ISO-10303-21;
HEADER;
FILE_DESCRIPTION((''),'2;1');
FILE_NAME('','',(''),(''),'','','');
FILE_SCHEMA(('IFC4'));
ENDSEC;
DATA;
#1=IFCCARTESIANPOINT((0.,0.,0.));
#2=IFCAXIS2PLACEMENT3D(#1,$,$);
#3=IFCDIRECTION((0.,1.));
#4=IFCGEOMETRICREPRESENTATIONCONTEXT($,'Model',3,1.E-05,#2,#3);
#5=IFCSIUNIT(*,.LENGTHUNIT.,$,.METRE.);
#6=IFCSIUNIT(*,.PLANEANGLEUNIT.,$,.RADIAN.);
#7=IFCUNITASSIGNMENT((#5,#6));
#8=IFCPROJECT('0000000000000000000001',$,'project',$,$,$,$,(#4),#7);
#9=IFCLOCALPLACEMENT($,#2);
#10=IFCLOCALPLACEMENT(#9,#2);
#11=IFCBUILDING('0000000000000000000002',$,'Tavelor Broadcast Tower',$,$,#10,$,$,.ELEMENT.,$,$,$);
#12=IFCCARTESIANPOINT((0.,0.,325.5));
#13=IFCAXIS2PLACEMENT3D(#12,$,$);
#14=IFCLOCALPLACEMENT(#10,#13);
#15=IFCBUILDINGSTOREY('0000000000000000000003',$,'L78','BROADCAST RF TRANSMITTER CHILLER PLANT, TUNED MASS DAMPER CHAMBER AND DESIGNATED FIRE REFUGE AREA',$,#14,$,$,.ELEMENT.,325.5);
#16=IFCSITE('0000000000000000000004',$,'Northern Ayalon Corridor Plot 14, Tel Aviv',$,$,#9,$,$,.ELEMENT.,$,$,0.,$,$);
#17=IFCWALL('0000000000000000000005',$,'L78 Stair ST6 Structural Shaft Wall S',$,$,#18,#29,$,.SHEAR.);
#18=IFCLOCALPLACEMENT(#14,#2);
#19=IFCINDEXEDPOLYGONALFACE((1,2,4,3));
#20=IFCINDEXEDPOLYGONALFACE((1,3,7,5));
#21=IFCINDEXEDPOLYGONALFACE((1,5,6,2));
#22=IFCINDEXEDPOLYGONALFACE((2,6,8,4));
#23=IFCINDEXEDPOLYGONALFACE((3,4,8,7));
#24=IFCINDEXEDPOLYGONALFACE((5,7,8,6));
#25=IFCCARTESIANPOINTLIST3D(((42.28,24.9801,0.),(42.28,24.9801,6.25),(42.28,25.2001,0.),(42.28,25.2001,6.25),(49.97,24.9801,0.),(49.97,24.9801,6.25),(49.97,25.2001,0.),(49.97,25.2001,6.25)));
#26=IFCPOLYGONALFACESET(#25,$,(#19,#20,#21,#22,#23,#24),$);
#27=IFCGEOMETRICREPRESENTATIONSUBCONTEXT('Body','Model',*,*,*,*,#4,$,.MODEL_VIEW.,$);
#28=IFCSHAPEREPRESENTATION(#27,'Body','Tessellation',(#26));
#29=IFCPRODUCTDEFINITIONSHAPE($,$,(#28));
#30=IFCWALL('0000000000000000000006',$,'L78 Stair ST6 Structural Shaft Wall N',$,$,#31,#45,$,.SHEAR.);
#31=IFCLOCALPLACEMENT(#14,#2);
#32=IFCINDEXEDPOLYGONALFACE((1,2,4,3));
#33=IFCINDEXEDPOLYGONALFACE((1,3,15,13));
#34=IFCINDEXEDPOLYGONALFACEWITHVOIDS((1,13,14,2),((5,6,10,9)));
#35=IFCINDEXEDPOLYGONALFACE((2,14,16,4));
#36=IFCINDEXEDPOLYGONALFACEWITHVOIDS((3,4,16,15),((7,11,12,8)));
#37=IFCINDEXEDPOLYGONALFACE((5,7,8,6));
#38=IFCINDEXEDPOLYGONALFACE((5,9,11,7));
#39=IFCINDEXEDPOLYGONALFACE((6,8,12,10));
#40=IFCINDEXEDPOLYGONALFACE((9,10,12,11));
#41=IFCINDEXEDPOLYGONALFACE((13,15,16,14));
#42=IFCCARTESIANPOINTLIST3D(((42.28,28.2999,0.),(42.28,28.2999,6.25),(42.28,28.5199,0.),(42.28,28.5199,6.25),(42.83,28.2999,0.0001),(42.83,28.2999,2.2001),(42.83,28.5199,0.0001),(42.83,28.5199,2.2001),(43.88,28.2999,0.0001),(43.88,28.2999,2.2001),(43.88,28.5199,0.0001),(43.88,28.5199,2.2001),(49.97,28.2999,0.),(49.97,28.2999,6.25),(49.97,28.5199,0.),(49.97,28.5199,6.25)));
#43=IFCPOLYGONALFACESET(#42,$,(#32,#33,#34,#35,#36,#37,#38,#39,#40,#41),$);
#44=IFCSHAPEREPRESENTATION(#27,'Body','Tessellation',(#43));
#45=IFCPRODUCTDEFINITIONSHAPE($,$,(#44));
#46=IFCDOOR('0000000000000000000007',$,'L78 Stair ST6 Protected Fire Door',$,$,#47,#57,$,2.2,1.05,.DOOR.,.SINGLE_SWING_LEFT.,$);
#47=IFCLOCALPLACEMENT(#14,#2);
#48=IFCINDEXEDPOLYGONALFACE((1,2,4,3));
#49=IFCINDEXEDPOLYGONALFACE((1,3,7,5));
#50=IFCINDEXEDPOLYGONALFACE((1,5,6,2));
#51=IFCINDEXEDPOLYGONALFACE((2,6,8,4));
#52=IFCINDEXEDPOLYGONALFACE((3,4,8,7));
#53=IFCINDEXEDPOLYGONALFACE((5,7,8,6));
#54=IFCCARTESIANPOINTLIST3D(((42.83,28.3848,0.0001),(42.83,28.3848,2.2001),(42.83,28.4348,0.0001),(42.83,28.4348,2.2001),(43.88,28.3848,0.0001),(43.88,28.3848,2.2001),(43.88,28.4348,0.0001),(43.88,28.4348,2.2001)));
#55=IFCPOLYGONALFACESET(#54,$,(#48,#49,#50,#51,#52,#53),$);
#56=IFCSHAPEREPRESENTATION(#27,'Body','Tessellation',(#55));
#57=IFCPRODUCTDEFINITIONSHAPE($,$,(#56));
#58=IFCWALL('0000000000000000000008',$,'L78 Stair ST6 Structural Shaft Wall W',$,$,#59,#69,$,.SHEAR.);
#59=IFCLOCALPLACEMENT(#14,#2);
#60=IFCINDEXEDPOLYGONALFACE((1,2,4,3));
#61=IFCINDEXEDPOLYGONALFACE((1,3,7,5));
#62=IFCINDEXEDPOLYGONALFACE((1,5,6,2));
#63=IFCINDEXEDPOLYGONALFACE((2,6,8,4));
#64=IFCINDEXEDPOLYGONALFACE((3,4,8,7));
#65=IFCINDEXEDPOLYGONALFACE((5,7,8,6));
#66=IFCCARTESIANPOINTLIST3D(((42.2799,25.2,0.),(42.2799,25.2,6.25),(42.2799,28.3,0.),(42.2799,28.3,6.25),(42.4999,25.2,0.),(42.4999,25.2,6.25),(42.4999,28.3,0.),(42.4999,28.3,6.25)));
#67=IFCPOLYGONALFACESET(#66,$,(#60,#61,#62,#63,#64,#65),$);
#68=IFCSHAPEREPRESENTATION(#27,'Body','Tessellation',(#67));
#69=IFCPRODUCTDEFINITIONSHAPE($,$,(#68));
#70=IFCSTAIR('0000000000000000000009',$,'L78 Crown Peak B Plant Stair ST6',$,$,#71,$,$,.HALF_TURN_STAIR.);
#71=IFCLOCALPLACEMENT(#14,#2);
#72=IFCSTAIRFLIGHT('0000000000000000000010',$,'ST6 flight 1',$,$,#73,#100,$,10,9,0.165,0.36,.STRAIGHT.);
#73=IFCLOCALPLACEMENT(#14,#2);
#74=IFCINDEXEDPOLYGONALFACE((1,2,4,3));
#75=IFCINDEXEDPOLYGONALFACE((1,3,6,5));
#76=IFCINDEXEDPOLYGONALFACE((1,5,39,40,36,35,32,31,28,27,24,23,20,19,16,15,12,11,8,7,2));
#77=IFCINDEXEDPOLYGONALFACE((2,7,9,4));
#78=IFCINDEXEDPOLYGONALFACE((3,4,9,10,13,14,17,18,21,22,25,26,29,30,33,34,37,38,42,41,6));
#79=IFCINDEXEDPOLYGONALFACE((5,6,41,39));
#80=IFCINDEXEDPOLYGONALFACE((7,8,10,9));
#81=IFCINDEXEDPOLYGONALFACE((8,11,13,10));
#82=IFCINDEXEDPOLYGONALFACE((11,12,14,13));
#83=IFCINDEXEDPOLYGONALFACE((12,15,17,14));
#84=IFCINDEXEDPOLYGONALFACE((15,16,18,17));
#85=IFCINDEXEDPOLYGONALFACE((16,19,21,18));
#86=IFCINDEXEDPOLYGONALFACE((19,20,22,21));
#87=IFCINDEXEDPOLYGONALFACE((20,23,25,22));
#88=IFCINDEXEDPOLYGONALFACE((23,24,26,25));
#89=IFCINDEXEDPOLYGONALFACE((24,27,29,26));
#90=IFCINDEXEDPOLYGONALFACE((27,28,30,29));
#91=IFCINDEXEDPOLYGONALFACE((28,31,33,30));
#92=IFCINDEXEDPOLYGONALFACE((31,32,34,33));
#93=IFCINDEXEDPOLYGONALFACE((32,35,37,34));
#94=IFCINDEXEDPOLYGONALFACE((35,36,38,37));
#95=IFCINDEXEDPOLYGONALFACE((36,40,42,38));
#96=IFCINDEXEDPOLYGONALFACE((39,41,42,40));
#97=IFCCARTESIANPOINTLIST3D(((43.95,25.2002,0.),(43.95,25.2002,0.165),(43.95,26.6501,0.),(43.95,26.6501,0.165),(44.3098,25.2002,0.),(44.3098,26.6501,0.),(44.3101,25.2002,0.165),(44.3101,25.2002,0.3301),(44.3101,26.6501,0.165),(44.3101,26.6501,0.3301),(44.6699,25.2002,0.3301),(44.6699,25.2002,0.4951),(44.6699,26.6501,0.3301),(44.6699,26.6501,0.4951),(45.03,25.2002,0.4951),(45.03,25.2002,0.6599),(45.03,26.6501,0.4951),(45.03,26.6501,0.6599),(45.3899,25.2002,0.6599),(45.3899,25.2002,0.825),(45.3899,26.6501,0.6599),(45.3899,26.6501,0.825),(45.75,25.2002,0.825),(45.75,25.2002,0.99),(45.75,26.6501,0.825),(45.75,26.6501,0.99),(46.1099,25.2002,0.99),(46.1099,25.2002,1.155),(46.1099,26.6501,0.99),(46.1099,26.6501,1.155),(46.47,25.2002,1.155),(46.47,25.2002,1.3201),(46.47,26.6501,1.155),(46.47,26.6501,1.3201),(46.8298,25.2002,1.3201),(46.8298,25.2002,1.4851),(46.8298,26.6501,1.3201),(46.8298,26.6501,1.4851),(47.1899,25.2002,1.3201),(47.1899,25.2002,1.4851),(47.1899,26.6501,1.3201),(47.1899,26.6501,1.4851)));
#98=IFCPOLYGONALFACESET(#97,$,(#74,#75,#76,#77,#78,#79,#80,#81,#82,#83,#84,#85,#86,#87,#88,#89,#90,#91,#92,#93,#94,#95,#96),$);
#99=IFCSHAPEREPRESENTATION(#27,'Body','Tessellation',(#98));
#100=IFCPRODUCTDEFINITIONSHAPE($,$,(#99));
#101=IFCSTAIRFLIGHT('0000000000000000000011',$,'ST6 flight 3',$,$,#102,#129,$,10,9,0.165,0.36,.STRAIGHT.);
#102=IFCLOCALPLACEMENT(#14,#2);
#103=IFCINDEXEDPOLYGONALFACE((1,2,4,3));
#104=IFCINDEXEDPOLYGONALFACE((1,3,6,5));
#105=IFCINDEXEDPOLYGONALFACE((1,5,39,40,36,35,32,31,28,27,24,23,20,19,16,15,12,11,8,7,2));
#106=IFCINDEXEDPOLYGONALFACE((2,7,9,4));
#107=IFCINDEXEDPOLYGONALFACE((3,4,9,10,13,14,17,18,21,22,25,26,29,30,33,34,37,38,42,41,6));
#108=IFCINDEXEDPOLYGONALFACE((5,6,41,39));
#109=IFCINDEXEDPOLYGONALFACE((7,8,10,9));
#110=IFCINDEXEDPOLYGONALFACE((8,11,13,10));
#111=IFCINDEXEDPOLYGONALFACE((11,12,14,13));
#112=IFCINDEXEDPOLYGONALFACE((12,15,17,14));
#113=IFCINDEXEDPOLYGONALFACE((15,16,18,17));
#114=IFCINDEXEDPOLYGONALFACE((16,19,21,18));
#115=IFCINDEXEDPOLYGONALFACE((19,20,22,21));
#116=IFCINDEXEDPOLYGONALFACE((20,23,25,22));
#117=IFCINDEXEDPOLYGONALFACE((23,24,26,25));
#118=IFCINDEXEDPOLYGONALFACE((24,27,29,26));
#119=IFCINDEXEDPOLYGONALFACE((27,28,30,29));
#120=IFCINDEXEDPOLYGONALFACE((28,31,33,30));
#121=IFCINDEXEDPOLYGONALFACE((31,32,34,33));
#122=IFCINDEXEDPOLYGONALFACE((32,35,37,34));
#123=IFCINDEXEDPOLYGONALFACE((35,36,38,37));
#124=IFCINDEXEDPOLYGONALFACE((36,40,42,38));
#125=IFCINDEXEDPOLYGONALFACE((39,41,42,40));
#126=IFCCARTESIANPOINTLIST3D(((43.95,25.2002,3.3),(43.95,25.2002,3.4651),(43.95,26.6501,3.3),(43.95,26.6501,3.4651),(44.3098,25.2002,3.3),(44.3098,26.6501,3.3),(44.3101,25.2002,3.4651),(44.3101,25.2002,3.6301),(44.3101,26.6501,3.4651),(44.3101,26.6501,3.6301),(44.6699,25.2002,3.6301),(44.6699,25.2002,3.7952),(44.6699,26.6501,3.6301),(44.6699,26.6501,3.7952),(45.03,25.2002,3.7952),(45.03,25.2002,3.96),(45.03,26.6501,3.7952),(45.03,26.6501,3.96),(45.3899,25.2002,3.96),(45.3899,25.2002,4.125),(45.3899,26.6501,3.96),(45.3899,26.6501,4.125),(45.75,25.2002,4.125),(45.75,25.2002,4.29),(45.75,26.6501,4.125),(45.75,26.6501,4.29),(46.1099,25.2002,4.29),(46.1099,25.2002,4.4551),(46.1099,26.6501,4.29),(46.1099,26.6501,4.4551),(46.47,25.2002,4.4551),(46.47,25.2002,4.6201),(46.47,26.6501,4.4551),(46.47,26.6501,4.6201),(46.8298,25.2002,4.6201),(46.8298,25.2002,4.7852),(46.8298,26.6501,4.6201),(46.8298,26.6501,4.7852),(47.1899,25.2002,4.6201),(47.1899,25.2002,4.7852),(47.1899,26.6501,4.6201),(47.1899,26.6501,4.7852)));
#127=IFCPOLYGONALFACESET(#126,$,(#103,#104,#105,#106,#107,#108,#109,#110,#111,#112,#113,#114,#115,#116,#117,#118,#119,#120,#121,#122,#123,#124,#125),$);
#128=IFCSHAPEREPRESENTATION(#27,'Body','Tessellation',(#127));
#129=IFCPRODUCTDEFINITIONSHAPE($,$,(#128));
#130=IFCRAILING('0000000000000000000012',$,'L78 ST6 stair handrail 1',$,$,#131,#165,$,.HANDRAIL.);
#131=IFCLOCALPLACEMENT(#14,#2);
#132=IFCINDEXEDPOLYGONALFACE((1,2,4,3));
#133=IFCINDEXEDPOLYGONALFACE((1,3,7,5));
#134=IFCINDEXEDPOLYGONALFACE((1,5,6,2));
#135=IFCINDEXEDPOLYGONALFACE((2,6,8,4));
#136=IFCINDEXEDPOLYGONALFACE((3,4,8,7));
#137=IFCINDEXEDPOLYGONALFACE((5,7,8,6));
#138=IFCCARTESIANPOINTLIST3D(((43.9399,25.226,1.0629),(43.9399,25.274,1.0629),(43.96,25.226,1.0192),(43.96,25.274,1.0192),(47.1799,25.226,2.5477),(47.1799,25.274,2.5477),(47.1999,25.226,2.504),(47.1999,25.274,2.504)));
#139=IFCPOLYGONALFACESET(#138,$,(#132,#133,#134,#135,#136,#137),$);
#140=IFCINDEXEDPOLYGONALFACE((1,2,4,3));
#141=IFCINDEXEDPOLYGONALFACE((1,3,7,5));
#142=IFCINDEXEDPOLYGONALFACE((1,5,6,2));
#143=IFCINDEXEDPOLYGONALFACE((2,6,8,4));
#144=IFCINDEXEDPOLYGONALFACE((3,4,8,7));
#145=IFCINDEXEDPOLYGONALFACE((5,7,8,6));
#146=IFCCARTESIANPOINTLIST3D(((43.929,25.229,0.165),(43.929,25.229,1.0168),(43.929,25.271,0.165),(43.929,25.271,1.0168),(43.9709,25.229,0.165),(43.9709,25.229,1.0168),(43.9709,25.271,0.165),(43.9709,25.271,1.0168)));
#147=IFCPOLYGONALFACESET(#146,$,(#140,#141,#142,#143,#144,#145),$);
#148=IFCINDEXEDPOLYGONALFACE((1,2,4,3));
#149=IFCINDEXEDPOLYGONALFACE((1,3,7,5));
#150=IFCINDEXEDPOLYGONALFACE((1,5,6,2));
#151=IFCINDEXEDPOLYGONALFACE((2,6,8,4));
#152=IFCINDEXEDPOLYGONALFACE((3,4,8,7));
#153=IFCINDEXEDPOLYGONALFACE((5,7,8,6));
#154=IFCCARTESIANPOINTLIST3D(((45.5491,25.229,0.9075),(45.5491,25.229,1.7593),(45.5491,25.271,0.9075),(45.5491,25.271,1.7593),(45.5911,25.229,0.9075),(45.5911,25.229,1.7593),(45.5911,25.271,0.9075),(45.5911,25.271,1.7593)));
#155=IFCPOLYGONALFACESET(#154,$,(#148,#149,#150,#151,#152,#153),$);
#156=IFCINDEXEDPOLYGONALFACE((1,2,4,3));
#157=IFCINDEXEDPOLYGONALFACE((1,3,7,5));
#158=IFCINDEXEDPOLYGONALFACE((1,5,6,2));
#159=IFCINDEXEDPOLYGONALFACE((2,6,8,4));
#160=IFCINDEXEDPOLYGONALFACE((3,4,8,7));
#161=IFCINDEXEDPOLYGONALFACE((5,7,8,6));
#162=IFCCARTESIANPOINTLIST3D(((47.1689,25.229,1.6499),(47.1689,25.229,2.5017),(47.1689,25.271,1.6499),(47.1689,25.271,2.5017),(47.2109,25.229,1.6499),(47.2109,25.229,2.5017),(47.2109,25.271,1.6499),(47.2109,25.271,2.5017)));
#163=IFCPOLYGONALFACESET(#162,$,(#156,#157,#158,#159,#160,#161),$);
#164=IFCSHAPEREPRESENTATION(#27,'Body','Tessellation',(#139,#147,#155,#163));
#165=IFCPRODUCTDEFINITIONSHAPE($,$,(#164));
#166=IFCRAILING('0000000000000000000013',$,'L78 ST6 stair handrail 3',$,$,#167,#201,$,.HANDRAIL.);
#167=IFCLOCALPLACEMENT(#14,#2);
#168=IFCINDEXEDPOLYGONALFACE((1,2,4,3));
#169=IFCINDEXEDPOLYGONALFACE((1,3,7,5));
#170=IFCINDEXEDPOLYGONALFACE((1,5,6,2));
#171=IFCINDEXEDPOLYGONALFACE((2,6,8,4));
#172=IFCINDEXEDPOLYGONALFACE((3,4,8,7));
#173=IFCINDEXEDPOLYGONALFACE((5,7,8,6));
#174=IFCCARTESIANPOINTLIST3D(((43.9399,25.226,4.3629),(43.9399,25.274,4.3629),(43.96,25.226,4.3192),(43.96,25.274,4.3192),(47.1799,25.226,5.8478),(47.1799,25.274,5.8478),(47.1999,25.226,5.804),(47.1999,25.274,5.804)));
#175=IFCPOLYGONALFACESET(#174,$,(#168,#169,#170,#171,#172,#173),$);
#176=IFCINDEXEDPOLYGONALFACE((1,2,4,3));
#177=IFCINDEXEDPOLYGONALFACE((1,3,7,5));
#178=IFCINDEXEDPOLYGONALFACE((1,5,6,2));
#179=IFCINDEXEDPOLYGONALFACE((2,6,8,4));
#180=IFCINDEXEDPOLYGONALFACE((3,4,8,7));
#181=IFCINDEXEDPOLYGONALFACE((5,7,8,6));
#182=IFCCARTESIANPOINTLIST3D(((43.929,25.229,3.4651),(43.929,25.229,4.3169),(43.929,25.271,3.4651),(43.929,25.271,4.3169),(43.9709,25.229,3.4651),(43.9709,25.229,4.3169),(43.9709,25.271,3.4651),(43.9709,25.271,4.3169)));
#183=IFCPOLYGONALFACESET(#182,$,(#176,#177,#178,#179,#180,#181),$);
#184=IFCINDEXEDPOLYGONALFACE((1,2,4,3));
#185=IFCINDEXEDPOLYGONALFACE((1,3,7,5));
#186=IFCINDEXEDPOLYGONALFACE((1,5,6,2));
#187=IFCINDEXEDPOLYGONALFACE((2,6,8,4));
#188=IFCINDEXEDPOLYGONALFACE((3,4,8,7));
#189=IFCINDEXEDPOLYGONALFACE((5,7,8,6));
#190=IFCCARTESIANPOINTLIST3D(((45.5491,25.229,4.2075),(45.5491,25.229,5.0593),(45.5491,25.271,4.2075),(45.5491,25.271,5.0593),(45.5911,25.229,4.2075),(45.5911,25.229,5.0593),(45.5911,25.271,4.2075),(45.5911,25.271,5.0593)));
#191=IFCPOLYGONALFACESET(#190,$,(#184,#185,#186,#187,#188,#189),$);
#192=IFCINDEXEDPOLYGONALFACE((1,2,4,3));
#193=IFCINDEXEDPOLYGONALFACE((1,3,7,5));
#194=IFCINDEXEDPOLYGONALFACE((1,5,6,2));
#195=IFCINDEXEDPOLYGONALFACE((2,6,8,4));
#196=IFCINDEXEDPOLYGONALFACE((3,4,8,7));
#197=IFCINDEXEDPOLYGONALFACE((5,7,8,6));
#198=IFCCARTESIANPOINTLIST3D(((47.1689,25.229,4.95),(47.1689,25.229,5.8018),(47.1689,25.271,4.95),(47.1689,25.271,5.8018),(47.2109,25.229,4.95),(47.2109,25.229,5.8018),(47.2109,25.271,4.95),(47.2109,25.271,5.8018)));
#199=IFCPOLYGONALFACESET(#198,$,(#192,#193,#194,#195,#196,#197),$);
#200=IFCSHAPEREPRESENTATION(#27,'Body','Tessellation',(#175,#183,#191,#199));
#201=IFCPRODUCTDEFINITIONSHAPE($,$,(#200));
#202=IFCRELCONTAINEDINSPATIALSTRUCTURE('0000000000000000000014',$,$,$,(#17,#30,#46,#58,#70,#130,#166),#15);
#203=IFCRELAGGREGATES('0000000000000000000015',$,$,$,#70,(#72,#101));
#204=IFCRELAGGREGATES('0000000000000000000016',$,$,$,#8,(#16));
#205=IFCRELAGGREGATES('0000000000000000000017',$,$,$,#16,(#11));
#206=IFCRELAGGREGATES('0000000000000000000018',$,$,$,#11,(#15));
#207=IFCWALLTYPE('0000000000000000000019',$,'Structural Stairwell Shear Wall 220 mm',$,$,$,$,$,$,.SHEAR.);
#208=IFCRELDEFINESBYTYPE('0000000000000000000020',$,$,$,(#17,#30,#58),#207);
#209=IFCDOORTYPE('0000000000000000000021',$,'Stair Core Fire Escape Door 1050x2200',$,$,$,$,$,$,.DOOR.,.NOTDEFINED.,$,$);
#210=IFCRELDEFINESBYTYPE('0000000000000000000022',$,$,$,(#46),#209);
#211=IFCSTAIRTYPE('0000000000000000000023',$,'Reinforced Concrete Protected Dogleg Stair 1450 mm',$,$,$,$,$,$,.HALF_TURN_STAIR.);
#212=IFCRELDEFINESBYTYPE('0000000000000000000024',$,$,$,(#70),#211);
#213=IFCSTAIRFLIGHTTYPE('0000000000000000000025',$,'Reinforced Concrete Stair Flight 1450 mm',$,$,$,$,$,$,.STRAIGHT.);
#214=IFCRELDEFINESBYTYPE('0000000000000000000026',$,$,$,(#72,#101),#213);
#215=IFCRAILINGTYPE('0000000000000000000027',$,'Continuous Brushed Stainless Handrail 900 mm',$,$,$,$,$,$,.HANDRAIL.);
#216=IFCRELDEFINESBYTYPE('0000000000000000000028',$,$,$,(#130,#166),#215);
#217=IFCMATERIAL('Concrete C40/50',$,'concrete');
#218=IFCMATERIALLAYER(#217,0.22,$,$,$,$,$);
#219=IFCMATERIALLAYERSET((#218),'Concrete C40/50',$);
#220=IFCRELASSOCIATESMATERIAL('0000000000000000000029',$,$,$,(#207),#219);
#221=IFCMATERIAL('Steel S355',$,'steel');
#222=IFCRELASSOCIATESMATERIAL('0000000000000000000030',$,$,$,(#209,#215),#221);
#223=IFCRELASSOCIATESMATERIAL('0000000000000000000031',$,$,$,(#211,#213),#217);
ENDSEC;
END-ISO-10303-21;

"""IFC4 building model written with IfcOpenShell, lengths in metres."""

from ifc_helpers import new_model, si_unit, direction, frame, frame_2d, origin, origin_2d, place, context, subcontext, project, spatial, polyline, rectangle, outline, extrude, material, layer, layer_set, type_object, element, fill, aggregate, save


model = new_model("IFC4")

# Units and contexts
model_context = context("Model", 3, precision=1e-05, world=origin(), true_north=direction((0.0, 1.0)))
body_context = subcontext(model_context, "Body", "Model", "MODEL_VIEW")
ifc_project = project(units=[si_unit("LENGTHUNIT", "METRE"), si_unit("PLANEANGLEUNIT", "RADIAN")], contexts=[model_context])

# Site, building, storey
site_placement = place(None, origin())
site = spatial("IfcSite", under=ifc_project, at=site_placement, Name="Northern Ayalon Corridor Plot 14, Tel Aviv", CompositionType="ELEMENT", RefElevation=0.0)
building_placement = place(site_placement, origin())
building = spatial("IfcBuilding", under=site, at=building_placement, Name="Tavelor Broadcast Tower", CompositionType="ELEMENT")
storey_placement = place(building_placement, frame((0.0, 0.0, 325.5)))
storey = spatial("IfcBuildingStorey", under=building, at=storey_placement, Name="L78", Description="BROADCAST RF TRANSMITTER CHILLER PLANT, TUNED MASS DAMPER CHAMBER AND DESIGNATED FIRE REFUGE AREA", CompositionType="ELEMENT", Elevation=325.5)

# Shared definitions
ifc_material_1 = material(Name="Steel S355", Category="steel")

# Wall
ifc_material_2 = material(Name="Concrete C40/50", Category="concrete")
ifc_layer_1 = layer(ifc_material_2, 0.22)
ifc_layer_set_1 = layer_set([ifc_layer_1], Name="Concrete C40/50")
wall_type_1 = type_object("IfcWallType", Name="Structural Stairwell Shear Wall 220 mm", PredefinedType="SHEAR", material=ifc_layer_set_1)
wall_1_placement = place(storey_placement, frame((42.28, 25.0901, 0.0), z_axis=(0.0, 0.0, 1.0), x_axis=(1.0, 0.0, 0.0)))
element("IfcWall", 1, at=wall_1_placement, inside=storey, type_object=wall_type_1, Name="L78 Stair ST6 Structural Shaft Wall S", PredefinedType="SHEAR", context=body_context, shape_type="SweptSolid", body=[
    extrude(rectangle(XDim=7.6899, YDim=0.22, at=frame_2d((3.845, 0.0))), origin(), (0.0, 0.0, 1.0), 6.25),
])

# Wall, opening, door
wall_2_placement = place(storey_placement, frame((42.28, 28.4099, 0.0), z_axis=(0.0, 0.0, 1.0), x_axis=(1.0, 0.0, 0.0)))
wall_2 = element("IfcWall", 2, at=wall_2_placement, inside=storey, type_object=wall_type_1, Name="L78 Stair ST6 Structural Shaft Wall N", PredefinedType="SHEAR", context=body_context, shape_type="SweptSolid", body=[
    extrude(rectangle(XDim=7.6899, YDim=0.22, at=frame_2d((3.845, 0.0))), origin(), (0.0, 0.0, 1.0), 6.25),
])
opening_placement = place(wall_2_placement, frame((0.55, 0.0, 0.0)))
opening = element("IfcOpeningElement", 3, at=opening_placement, cuts=wall_2, PredefinedType="OPENING", context=body_context, shape_type="SweptSolid", body=[
    extrude(rectangle(XDim=1.05, YDim=2.2, at=frame_2d((0.5249, 1.1001))), frame((0.0, 0.1201, 0.0), z_axis=(0.0, -1.0, 0.0), x_axis=(1.0, 0.0, 0.0)), (0.0, 0.0, 1.0), 0.24),
])
door_type = type_object("IfcDoorType", Name="Stair Core Fire Escape Door 1050x2200", OperationType="NOTDEFINED", PredefinedType="DOOR", material=ifc_material_1)
door_placement = place(opening_placement, origin())
door = element("IfcDoor", 4, at=door_placement, inside=storey, type_object=door_type, Name="L78 Stair ST6 Protected Fire Door", OperationType="SINGLE_SWING_LEFT", OverallHeight=2.2, OverallWidth=1.05, PredefinedType="DOOR", context=body_context, shape_type="SweptSolid", body=[
    extrude(rectangle(XDim=1.05, YDim=2.2, at=frame_2d((0.5249, 1.1001))), frame((0.0, 0.0249, 0.0), z_axis=(0.0, -1.0, 0.0), x_axis=(1.0, 0.0, 0.0)), (0.0, 0.0, 1.0), 0.05),
])
fill(opening, door)

# Wall
wall_3_placement = place(storey_placement, frame((42.3899, 25.2, 0.0), z_axis=(0.0, 0.0, 1.0), x_axis=(0.0, 1.0, 0.0)))
element("IfcWall", 5, at=wall_3_placement, inside=storey, type_object=wall_type_1, Name="L78 Stair ST6 Structural Shaft Wall W", PredefinedType="SHEAR", context=body_context, shape_type="SweptSolid", body=[
    extrude(rectangle(XDim=3.1001, YDim=0.22, at=frame_2d((1.55, 0.0))), origin(), (0.0, 0.0, 1.0), 6.25),
])

# Stair, stair flights
stair_type = type_object("IfcStairType", Name="Reinforced Concrete Protected Dogleg Stair 1450 mm", PredefinedType="HALF_TURN_STAIR", material=ifc_material_2)
stair_placement = place(storey_placement, origin())
stair = element("IfcStair", 6, at=stair_placement, inside=storey, type_object=stair_type, Name="L78 Crown Peak B Plant Stair ST6", PredefinedType="HALF_TURN_STAIR")
stair_flight_type = type_object("IfcStairFlightType", Name="Reinforced Concrete Stair Flight 1450 mm", PredefinedType="STRAIGHT", material=ifc_material_2)
stair_flight_1_placement = place(storey_placement, frame((43.95, 25.925, 0.0), z_axis=(0.0, 0.0, 1.0), x_axis=(1.0, 0.0, 0.0)))
stair_flight_1 = element("IfcStairFlight", 7, at=stair_flight_1_placement, type_object=stair_flight_type, Name="ST6 flight 1", NumberOfRisers=10, NumberOfTreads=9, PredefinedType="STRAIGHT", RiserHeight=0.165, TreadLength=0.36, context=body_context, shape_type="SweptSolid", body=[
    extrude(outline(polyline([(0.0, 0.0), (0.0, 0.165), (0.3601, 0.165), (0.3601, 0.3301), (0.72, 0.3301), (0.72, 0.4951), (1.0801, 0.4951), (1.0801, 0.6599), (1.4399, 0.6599), (1.4399, 0.825), (1.8, 0.825), (1.8, 0.99), (2.1599, 0.99), (2.1599, 1.155), (2.52, 1.155), (2.52, 1.3201), (2.8799, 1.3201), (2.8799, 1.4851), (3.24, 1.4851), (3.24, 1.6499), (3.24, 1.3201), (0.3599, 0.0), (0.0, 0.0)])), frame((0.0, 0.7251, 0.0), z_axis=(0.0, -1.0, 0.0), x_axis=(1.0, 0.0, 0.0)), (0.0, 0.0, 1.0), 1.45),
])
stair_flight_2_placement = place(storey_placement, frame((43.95, 25.925, 3.3), z_axis=(0.0, 0.0, 1.0), x_axis=(1.0, 0.0, 0.0)))
stair_flight_2 = element("IfcStairFlight", 8, at=stair_flight_2_placement, type_object=stair_flight_type, Name="ST6 flight 3", NumberOfRisers=10, NumberOfTreads=9, PredefinedType="STRAIGHT", RiserHeight=0.165, TreadLength=0.36, context=body_context, shape_type="SweptSolid", body=[
    extrude(outline(polyline([(0.0, 0.0), (0.0, 0.165), (0.3601, 0.165), (0.3601, 0.3301), (0.72, 0.3301), (0.72, 0.4951), (1.0801, 0.4951), (1.0801, 0.6599), (1.4399, 0.6599), (1.4399, 0.825), (1.8, 0.825), (1.8, 0.99), (2.1599, 0.99), (2.1599, 1.155), (2.52, 1.155), (2.52, 1.3201), (2.8799, 1.3201), (2.8799, 1.4851), (3.24, 1.4851), (3.24, 1.6499), (3.24, 1.3201), (0.3599, 0.0), (0.0, 0.0)])), frame((0.0, 0.7251, 0.0), z_axis=(0.0, -1.0, 0.0), x_axis=(1.0, 0.0, 0.0)), (0.0, 0.0, 1.0), 1.45),
])
aggregate(stair, [stair_flight_1, stair_flight_2])

# Railings
railing_type_1 = type_object("IfcRailingType", Name="Continuous Brushed Stainless Handrail 900 mm", PredefinedType="HANDRAIL", material=ifc_material_1)
for number, where, name in (
    (9, (43.95, 25.25, 0.165), "L78 ST6 stair handrail 1"),
    (10, (43.95, 25.25, 3.4651), "L78 ST6 stair handrail 3"),
):
    element("IfcRailing", number, at=place(storey_placement, frame(where)), inside=storey, type_object=railing_type_1, Name=name, PredefinedType="HANDRAIL", context=body_context, shape_type="SweptSolid", body=[
        extrude(rectangle(XDim=0.0481, YDim=0.0481, at=origin_2d()), frame((0.0, 0.0, 0.876), z_axis=(0.909079, 0.0, 0.416624), x_axis=(0.0, 1.0, 0.0)), (0.0, 0.0, 1.0), 3.564),
        extrude(rectangle(XDim=0.042, YDim=0.042, at=origin_2d()), origin(), (0.0, 0.0, 1.0), 0.8518),
        extrude(rectangle(XDim=0.042, YDim=0.042, at=origin_2d()), frame((1.6201, 0.0, 0.7424)), (0.0, 0.0, 1.0), 0.8518),
        extrude(rectangle(XDim=0.042, YDim=0.042, at=origin_2d()), frame((3.24, 0.0, 1.4849)), (0.0, 0.0, 1.0), 0.8518),
    ])

save(model, "model.ifc")
